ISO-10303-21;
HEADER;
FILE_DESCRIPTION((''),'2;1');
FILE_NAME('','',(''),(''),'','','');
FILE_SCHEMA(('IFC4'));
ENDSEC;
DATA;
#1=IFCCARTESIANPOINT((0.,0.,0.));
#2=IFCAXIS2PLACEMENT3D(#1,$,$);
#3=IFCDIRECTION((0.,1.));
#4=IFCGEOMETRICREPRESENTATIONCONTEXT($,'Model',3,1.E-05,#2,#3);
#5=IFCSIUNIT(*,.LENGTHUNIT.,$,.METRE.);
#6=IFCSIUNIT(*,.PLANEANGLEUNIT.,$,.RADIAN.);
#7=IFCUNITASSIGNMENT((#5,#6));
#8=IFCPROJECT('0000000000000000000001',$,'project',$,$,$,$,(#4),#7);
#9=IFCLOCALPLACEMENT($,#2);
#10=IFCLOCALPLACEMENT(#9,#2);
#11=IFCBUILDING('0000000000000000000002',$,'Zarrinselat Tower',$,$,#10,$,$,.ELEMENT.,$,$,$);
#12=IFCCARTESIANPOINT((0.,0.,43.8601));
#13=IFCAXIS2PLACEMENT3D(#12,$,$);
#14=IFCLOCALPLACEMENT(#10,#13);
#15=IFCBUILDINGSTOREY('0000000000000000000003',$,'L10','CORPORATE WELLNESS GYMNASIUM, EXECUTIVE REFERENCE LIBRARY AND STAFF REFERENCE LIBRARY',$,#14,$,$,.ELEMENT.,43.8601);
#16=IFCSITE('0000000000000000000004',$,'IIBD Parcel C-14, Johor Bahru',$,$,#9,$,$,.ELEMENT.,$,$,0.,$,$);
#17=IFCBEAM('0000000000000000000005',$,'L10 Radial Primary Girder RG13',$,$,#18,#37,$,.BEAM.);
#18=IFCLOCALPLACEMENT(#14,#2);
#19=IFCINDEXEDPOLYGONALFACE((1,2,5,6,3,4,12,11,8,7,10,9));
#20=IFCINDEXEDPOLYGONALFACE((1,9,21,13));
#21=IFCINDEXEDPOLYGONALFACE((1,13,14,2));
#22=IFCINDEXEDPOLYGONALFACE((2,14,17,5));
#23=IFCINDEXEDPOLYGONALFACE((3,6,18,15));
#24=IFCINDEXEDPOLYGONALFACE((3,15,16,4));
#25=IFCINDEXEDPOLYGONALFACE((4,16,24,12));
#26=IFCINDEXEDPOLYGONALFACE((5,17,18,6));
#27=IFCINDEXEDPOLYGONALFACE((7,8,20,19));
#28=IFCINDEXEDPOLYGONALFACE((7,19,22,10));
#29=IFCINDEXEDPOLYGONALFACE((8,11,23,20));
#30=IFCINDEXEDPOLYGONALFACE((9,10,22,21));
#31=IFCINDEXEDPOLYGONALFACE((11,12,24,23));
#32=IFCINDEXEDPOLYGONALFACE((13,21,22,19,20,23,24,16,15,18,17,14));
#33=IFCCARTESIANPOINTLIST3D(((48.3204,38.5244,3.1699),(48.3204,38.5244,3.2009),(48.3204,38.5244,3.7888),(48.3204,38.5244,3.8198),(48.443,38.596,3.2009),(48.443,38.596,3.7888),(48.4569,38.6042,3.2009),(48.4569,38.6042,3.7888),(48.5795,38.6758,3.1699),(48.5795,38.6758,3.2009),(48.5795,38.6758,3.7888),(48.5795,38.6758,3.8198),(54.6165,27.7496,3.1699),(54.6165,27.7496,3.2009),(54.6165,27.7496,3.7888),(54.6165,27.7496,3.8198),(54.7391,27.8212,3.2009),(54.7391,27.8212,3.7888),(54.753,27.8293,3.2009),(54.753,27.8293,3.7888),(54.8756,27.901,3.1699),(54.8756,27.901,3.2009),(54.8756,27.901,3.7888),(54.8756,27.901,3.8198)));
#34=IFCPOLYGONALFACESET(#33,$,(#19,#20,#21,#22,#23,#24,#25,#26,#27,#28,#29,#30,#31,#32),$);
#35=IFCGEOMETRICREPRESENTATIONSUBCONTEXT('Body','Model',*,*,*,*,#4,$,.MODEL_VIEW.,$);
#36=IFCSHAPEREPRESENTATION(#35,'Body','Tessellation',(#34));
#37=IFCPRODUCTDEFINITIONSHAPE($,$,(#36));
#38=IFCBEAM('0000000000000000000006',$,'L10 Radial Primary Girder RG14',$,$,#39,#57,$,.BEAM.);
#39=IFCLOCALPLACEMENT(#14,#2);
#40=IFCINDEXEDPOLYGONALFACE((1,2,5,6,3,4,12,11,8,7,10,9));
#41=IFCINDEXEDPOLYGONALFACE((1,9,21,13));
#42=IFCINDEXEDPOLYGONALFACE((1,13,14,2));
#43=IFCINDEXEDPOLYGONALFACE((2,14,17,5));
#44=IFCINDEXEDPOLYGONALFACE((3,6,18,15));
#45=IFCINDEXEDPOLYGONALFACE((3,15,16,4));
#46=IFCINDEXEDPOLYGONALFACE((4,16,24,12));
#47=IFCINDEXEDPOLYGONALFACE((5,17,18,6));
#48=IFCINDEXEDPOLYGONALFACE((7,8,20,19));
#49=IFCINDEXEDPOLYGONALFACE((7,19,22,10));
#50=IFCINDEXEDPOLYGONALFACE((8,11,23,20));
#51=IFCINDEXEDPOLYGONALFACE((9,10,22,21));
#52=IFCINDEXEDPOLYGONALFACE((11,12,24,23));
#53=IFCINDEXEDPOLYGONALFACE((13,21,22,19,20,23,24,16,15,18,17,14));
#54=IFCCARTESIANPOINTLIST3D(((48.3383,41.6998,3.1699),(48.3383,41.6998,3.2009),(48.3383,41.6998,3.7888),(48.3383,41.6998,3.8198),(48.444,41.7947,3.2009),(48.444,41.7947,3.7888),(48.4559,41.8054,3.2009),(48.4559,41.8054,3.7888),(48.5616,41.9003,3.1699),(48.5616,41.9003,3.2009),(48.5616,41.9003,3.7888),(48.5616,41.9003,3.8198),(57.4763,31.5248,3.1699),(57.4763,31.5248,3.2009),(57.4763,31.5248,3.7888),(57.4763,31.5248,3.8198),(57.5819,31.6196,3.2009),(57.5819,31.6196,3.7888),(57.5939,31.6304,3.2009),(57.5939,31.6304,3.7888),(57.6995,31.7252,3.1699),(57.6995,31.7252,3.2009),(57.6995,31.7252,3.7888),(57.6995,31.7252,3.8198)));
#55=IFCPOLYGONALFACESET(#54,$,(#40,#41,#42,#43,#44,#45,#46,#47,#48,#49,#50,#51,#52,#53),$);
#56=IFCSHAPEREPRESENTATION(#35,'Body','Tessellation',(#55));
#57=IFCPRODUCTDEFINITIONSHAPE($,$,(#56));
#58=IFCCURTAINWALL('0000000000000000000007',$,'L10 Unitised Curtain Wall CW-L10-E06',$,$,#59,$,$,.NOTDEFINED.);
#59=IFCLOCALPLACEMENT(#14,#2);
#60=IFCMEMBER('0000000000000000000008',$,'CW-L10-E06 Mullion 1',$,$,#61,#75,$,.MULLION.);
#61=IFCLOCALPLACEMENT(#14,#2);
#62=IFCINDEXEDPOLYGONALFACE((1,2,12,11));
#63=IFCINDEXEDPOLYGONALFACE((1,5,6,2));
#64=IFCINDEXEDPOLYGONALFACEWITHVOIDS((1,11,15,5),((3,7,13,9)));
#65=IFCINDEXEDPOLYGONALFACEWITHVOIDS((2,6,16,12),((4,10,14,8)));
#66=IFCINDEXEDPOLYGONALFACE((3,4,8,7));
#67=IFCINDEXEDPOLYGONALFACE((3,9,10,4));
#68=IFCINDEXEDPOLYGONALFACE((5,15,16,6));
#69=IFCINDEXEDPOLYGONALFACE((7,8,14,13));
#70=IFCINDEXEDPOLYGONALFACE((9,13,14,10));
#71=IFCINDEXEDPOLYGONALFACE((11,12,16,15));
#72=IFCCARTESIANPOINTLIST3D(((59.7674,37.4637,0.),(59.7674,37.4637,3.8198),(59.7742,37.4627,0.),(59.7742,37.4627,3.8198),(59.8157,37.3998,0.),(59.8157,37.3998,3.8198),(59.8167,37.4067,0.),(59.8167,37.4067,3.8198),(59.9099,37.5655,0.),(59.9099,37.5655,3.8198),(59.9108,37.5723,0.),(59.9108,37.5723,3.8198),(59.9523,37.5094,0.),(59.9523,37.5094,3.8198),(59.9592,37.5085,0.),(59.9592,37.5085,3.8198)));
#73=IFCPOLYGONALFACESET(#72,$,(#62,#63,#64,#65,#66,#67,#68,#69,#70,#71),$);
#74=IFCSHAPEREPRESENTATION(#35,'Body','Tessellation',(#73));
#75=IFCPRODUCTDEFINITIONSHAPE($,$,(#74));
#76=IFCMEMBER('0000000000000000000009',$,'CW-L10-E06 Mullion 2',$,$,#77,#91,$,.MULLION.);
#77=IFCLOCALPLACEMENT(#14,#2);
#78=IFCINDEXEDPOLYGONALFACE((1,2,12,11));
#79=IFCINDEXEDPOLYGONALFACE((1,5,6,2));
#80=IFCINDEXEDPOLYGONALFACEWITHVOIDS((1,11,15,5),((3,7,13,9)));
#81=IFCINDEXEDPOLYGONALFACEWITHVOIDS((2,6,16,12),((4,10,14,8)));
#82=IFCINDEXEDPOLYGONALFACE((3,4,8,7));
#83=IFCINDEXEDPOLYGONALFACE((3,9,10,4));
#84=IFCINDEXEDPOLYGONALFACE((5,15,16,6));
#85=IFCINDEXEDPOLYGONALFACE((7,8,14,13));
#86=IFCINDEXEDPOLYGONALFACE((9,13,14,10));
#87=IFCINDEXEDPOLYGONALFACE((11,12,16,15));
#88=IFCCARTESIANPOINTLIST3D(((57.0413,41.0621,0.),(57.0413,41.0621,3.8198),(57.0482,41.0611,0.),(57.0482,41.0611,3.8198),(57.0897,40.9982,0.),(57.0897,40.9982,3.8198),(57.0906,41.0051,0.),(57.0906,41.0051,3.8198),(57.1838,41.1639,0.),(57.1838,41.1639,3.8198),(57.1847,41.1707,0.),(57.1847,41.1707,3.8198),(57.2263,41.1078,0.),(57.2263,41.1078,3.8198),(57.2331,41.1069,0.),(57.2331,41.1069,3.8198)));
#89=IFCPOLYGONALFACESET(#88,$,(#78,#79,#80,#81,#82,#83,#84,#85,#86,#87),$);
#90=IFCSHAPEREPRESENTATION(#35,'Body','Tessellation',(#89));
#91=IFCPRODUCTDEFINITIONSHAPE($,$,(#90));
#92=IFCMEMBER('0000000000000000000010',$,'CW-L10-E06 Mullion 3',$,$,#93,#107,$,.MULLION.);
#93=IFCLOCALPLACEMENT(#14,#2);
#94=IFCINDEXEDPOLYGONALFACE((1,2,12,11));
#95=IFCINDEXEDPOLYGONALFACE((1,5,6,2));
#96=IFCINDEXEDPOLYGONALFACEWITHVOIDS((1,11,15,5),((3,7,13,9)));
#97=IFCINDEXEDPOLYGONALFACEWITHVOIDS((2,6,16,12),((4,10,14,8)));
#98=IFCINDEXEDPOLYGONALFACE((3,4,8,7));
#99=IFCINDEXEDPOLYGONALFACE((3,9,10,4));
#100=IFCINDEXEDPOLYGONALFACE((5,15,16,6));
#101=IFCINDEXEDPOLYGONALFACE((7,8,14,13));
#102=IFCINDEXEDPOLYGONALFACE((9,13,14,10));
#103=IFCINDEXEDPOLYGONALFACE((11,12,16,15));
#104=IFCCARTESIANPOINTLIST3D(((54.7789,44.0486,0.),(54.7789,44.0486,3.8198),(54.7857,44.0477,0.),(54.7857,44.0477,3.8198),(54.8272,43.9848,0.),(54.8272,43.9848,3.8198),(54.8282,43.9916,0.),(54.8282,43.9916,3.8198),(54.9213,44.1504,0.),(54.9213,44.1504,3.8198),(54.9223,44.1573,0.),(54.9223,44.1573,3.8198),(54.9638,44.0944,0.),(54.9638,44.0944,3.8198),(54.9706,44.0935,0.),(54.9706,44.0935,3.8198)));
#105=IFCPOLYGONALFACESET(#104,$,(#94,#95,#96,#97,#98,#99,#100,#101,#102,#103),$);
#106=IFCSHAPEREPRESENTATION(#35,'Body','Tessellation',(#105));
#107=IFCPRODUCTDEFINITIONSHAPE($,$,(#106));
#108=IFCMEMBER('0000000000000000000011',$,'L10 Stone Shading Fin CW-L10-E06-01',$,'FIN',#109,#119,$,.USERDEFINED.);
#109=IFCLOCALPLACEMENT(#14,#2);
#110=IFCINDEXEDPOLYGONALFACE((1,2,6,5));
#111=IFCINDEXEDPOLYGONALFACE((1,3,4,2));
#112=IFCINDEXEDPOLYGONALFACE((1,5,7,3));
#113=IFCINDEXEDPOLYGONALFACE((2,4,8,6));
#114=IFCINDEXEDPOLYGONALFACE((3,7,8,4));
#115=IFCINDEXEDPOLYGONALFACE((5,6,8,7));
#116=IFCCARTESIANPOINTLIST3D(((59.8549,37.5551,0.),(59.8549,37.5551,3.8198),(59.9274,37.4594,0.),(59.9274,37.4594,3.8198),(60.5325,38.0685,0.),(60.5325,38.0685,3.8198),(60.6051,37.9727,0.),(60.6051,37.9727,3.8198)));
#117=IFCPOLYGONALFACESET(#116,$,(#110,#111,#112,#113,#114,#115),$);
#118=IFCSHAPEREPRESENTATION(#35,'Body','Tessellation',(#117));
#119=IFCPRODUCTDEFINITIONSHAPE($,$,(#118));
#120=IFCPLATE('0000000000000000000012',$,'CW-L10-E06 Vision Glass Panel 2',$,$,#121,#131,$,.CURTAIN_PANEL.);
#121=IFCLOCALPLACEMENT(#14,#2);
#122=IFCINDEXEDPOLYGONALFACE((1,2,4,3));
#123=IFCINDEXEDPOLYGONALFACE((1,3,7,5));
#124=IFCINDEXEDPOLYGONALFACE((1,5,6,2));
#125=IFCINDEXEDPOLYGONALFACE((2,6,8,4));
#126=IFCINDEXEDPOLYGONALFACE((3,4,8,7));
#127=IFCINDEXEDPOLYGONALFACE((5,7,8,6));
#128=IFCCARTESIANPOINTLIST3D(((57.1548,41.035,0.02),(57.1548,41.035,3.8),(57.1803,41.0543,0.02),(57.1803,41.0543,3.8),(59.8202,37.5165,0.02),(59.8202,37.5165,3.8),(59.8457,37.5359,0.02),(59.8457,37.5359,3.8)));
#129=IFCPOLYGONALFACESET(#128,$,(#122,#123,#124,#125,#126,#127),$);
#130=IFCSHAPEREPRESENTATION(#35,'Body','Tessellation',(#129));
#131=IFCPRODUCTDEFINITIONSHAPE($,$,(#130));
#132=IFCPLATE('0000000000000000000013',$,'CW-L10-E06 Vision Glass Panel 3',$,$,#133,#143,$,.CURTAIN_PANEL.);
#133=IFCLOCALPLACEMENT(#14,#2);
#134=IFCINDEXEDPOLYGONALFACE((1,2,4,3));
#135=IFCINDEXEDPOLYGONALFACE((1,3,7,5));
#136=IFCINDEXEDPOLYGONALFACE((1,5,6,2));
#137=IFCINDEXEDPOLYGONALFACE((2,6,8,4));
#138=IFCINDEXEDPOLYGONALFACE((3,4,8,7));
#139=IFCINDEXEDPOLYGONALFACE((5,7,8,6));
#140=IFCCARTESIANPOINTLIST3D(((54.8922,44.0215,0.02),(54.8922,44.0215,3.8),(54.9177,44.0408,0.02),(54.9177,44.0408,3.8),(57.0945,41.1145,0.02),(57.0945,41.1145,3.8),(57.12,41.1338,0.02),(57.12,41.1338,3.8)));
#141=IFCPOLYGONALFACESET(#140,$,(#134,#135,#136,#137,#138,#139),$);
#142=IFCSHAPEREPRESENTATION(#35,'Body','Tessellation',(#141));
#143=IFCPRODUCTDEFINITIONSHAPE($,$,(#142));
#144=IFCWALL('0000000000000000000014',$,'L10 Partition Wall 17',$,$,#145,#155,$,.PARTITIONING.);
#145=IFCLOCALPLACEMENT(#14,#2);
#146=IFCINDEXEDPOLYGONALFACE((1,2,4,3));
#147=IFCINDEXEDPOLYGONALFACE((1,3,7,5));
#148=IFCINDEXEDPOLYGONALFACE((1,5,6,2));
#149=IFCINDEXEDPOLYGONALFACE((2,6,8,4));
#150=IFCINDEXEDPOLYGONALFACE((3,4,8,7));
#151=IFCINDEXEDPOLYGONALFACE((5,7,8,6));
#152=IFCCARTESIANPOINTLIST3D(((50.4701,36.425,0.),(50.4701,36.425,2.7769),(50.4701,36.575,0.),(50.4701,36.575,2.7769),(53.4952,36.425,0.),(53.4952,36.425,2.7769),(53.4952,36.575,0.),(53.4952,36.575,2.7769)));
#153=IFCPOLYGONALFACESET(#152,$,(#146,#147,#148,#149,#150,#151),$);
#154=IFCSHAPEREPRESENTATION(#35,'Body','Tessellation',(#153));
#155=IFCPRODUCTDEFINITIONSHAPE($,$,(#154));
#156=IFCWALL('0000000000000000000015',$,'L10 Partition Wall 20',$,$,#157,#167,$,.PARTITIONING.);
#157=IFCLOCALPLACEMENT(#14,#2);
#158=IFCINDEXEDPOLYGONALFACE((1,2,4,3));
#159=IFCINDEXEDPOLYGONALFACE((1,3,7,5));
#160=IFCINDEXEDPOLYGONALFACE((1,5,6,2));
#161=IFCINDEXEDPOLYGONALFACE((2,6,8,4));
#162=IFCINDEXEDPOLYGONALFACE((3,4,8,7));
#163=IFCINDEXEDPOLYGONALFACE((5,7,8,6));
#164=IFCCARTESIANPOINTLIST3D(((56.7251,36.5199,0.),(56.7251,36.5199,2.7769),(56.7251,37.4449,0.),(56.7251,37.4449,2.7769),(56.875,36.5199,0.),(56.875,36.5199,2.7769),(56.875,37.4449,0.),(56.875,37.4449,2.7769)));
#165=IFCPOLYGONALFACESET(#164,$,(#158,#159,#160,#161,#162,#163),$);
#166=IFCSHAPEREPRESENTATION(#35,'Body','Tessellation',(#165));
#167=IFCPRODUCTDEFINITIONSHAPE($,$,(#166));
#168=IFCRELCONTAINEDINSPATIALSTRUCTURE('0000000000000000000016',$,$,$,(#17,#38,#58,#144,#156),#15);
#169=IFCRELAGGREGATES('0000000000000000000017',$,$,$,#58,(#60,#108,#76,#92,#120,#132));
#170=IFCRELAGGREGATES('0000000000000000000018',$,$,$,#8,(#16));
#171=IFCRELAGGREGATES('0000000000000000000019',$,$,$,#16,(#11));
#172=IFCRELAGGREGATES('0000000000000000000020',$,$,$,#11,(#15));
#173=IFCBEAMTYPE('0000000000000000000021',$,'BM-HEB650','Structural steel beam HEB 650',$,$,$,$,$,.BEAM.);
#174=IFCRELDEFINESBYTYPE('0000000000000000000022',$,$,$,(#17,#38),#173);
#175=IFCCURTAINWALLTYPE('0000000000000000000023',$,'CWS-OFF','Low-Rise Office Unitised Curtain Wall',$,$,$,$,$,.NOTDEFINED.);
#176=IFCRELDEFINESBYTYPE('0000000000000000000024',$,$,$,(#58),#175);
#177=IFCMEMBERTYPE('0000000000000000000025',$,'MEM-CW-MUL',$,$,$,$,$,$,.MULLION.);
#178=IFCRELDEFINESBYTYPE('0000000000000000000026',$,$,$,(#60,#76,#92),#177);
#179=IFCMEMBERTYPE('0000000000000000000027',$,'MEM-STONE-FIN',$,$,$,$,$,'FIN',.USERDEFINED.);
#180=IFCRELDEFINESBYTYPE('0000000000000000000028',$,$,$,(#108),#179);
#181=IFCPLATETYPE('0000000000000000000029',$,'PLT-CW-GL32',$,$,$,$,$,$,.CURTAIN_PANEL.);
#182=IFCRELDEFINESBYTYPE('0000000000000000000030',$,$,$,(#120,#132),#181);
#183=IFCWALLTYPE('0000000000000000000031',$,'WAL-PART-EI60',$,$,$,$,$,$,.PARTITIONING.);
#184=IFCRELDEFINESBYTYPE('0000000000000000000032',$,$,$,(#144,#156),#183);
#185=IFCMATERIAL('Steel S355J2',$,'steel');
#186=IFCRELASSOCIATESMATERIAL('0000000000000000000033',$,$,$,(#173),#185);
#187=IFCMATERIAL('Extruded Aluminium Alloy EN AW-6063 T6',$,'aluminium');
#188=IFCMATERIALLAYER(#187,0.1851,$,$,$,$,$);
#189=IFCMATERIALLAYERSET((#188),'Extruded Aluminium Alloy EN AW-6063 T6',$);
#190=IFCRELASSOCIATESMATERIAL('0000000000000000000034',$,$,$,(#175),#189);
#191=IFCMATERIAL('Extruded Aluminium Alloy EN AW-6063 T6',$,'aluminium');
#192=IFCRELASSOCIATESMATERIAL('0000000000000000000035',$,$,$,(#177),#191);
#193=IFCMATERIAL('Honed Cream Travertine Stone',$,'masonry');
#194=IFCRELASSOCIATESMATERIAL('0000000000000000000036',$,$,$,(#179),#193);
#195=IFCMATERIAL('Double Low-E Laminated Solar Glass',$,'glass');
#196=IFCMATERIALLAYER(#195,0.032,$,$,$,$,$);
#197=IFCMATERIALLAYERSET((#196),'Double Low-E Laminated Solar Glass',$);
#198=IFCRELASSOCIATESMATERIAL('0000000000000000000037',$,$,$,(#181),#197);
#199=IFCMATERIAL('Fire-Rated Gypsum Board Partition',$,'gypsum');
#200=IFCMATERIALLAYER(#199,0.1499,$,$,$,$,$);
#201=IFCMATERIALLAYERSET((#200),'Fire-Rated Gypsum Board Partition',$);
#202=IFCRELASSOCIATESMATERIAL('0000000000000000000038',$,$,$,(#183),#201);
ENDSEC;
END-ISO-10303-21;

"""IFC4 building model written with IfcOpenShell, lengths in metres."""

from ifc_helpers import new_model, si_unit, direction, frame, frame_2d, origin, origin_2d, place, context, subcontext, project, spatial, rectangle, hollow_rectangle, i_section, extrude, material, layer, layer_set, material_profile, profile_set, type_object, element, aggregate, save


model = new_model("IFC4")

# Units and contexts
model_context = context("Model", 3, precision=1e-05, world=origin(), true_north=direction((0.0, 1.0)))
body_context = subcontext(model_context, "Body", "Model", "MODEL_VIEW")
ifc_project = project(units=[si_unit("LENGTHUNIT", "METRE"), si_unit("PLANEANGLEUNIT", "RADIAN")], contexts=[model_context])

# Site, building, storey
site_placement = place(None, origin())
site = spatial("IfcSite", under=ifc_project, at=site_placement, Name="IIBD Parcel C-14, Johor Bahru", CompositionType="ELEMENT", RefElevation=0.0)
building_placement = place(site_placement, origin())
building = spatial("IfcBuilding", under=site, at=building_placement, Name="Zarrinselat Tower", CompositionType="ELEMENT")
storey_placement = place(building_placement, frame((0.0, 0.0, 43.8601)))
storey = spatial("IfcBuildingStorey", under=building, at=storey_placement, Name="L10", Description="CORPORATE WELLNESS GYMNASIUM, EXECUTIVE REFERENCE LIBRARY AND STAFF REFERENCE LIBRARY", CompositionType="ELEMENT", Elevation=43.8601)

# Beams
ifc_material_1 = material(Name="Steel S355J2", Category="steel")
ifc_material_profile_1 = material_profile(ifc_material_1, i_section(OverallWidth=0.3, OverallDepth=0.6499, WebThickness=0.0161, FlangeThickness=0.031, at=origin_2d()), Name="HEB 650")
ifc_profile_set_1 = profile_set([ifc_material_profile_1], Name="Steel S355J2")
beam_type = type_object("IfcBeamType", Name="BM-HEB650", Description="Structural steel beam HEB 650", PredefinedType="BEAM", material=ifc_profile_set_1)
beam_1_placement = place(storey_placement, frame((48.45, 38.6001, 3.4949), z_axis=(0.504516, -0.863403, 0.0), x_axis=(0.863403, 0.504516, 0.0)))
element("IfcBeam", 1, at=beam_1_placement, inside=storey, type_object=beam_type, Name="L10 Radial Primary Girder RG13", PredefinedType="BEAM", context=body_context, shape_type="SweptSolid", body=[
    extrude(i_section(OverallWidth=0.3, OverallDepth=0.6499, WebThickness=0.0161, FlangeThickness=0.031, at=origin_2d()), origin(), (0.0, 0.0, 1.0), 12.4795),
])
beam_2_placement = place(storey_placement, frame((48.45, 41.8, 3.4949), z_axis=(0.668172, -0.744007, 0.0), x_axis=(0.744007, 0.668172, 0.0)))
element("IfcBeam", 2, at=beam_2_placement, inside=storey, type_object=beam_type, Name="L10 Radial Primary Girder RG14", PredefinedType="BEAM", context=body_context, shape_type="SweptSolid", body=[
    extrude(i_section(OverallWidth=0.3, OverallDepth=0.6499, WebThickness=0.0161, FlangeThickness=0.031, at=origin_2d()), origin(), (0.0, 0.0, 1.0), 13.676),
])

# Curtain wall, members, plates
ifc_material_2 = material(Name="Extruded Aluminium Alloy EN AW-6063 T6", Category="aluminium")
ifc_layer_1 = layer(ifc_material_2, 0.1851)
ifc_layer_set_1 = layer_set([ifc_layer_1], Name="Extruded Aluminium Alloy EN AW-6063 T6")
curtain_wall_type = type_object("IfcCurtainWallType", Name="CWS-OFF", Description="Low-Rise Office Unitised Curtain Wall", PredefinedType="NOTDEFINED", material=ifc_layer_set_1)
curtain_wall_placement = place(storey_placement, origin())
curtain_wall = element("IfcCurtainWall", 3, at=curtain_wall_placement, inside=storey, type_object=curtain_wall_type, Name="L10 Unitised Curtain Wall CW-L10-E06", PredefinedType="NOTDEFINED")
ifc_material_3 = material(Name="Extruded Aluminium Alloy EN AW-6063 T6", Category="aluminium")
ifc_material_profile_2 = material_profile(ifc_material_3, hollow_rectangle(XDim=0.0801, YDim=0.1799, WallThickness=0.0049, at=origin_2d()), Name="RHS 180x80x5")
ifc_profile_set_2 = profile_set([ifc_material_profile_2], Name="Extruded Aluminium Alloy EN AW-6063 T6")
member_type_1 = type_object("IfcMemberType", Name="MEM-CW-MUL", PredefinedType="MULLION", material=ifc_profile_set_2)
member_1_placement = place(storey_placement, frame((59.8633, 37.4861, 0.0), z_axis=(0.0, 0.0, 1.0), x_axis=(-0.603858, 0.797092, 0.0)))
member_1 = element("IfcMember", 4, at=member_1_placement, type_object=member_type_1, Name="CW-L10-E06 Mullion 1", PredefinedType="MULLION", context=body_context, shape_type="SweptSolid", body=[
    extrude(hollow_rectangle(XDim=0.0801, YDim=0.1799, WallThickness=0.0049, at=origin_2d()), origin(), (0.0, 0.0, 1.0), 3.8198),
])
member_2_placement = place(storey_placement, frame((57.1372, 41.0845, 0.0), z_axis=(0.0, 0.0, 1.0), x_axis=(-0.603858, 0.797092, 0.0)))
member_2 = element("IfcMember", 5, at=member_2_placement, type_object=member_type_1, Name="CW-L10-E06 Mullion 2", PredefinedType="MULLION", context=body_context, shape_type="SweptSolid", body=[
    extrude(hollow_rectangle(XDim=0.0801, YDim=0.1799, WallThickness=0.0049, at=origin_2d()), origin(), (0.0, 0.0, 1.0), 3.8198),
])
member_3_placement = place(storey_placement, frame((54.8748, 44.071, 0.0), z_axis=(0.0, 0.0, 1.0), x_axis=(-0.603858, 0.797092, 0.0)))
member_3 = element("IfcMember", 6, at=member_3_placement, type_object=member_type_1, Name="CW-L10-E06 Mullion 3", PredefinedType="MULLION", context=body_context, shape_type="SweptSolid", body=[
    extrude(hollow_rectangle(XDim=0.0801, YDim=0.1799, WallThickness=0.0049, at=origin_2d()), origin(), (0.0, 0.0, 1.0), 3.8198),
])
ifc_material_4 = material(Name="Honed Cream Travertine Stone", Category="masonry")
ifc_material_profile_3 = material_profile(ifc_material_4, rectangle(XDim=0.1201, YDim=0.8501, at=origin_2d()), Name="FIN 850x120")
ifc_profile_set_3 = profile_set([ifc_material_profile_3], Name="Honed Cream Travertine Stone")
member_type_2 = type_object("IfcMemberType", Name="MEM-STONE-FIN", ElementType="FIN", PredefinedType="USERDEFINED", material=ifc_profile_set_3)
member_4_placement = place(storey_placement, frame((60.23, 37.7639, 0.0), z_axis=(0.0, 0.0, 1.0), x_axis=(0.603858, -0.797092, 0.0)))
member_4 = element("IfcMember", 7, at=member_4_placement, type_object=member_type_2, Name="L10 Stone Shading Fin CW-L10-E06-01", ObjectType="FIN", PredefinedType="USERDEFINED", context=body_context, shape_type="SweptSolid", body=[
    extrude(rectangle(XDim=0.1201, YDim=0.8501, at=origin_2d()), origin(), (0.0, 0.0, 1.0), 3.8198),
])
ifc_material_5 = material(Name="Double Low-E Laminated Solar Glass", Category="glass")
ifc_layer_2 = layer(ifc_material_5, 0.032)
ifc_layer_set_2 = layer_set([ifc_layer_2], Name="Double Low-E Laminated Solar Glass")
plate_type = type_object("IfcPlateType", Name="PLT-CW-GL32", PredefinedType="CURTAIN_PANEL", material=ifc_layer_set_2)
plate_1_placement = place(storey_placement, frame((58.5002, 39.2854, 0.02), z_axis=(0.0, 0.0, 1.0), x_axis=(-0.603858, 0.797092, 0.0)))
plate_1 = element("IfcPlate", 8, at=plate_1_placement, type_object=plate_type, Name="CW-L10-E06 Vision Glass Panel 2", PredefinedType="CURTAIN_PANEL", context=body_context, shape_type="SweptSolid", body=[
    extrude(rectangle(XDim=4.4141, YDim=0.032, at=origin_2d()), origin(), (0.0, 0.0, 1.0), 3.78),
])
plate_2_placement = place(storey_placement, frame((56.0061, 42.5776, 0.02), z_axis=(0.0, 0.0, 1.0), x_axis=(-0.603858, 0.797092, 0.0)))
plate_2 = element("IfcPlate", 9, at=plate_2_placement, type_object=plate_type, Name="CW-L10-E06 Vision Glass Panel 3", PredefinedType="CURTAIN_PANEL", context=body_context, shape_type="SweptSolid", body=[
    extrude(rectangle(XDim=3.647, YDim=0.032, at=origin_2d()), origin(), (0.0, 0.0, 1.0), 3.78),
])
aggregate(curtain_wall, [member_1, member_4, member_2, member_3, plate_1, plate_2])

# Walls
ifc_material_6 = material(Name="Fire-Rated Gypsum Board Partition", Category="gypsum")
ifc_layer_3 = layer(ifc_material_6, 0.1499)
ifc_layer_set_3 = layer_set([ifc_layer_3], Name="Fire-Rated Gypsum Board Partition")
wall_type_1 = type_object("IfcWallType", Name="WAL-PART-EI60", PredefinedType="PARTITIONING", material=ifc_layer_set_3)
wall_1_placement = place(storey_placement, frame((50.47, 36.5, 0.0), z_axis=(0.0, 0.0, 1.0), x_axis=(1.0, 0.0, 0.0)))
element("IfcWall", 10, at=wall_1_placement, inside=storey, type_object=wall_type_1, Name="L10 Partition Wall 17", PredefinedType="PARTITIONING", context=body_context, shape_type="SweptSolid", body=[
    extrude(rectangle(XDim=3.0251, YDim=0.1499, at=frame_2d((1.5127, 0.0))), origin(), (0.0, 0.0, 1.0), 2.7769),
])
wall_2_placement = place(storey_placement, frame((56.8, 36.52, 0.0), z_axis=(0.0, 0.0, 1.0), x_axis=(0.0, 1.0, 0.0)))
element("IfcWall", 11, at=wall_2_placement, inside=storey, type_object=wall_type_1, Name="L10 Partition Wall 20", PredefinedType="PARTITIONING", context=body_context, shape_type="SweptSolid", body=[
    extrude(rectangle(XDim=0.925, YDim=0.1499, at=frame_2d((0.4624, 0.0))), origin(), (0.0, 0.0, 1.0), 2.7769),
])

save(model, "model.ifc")
